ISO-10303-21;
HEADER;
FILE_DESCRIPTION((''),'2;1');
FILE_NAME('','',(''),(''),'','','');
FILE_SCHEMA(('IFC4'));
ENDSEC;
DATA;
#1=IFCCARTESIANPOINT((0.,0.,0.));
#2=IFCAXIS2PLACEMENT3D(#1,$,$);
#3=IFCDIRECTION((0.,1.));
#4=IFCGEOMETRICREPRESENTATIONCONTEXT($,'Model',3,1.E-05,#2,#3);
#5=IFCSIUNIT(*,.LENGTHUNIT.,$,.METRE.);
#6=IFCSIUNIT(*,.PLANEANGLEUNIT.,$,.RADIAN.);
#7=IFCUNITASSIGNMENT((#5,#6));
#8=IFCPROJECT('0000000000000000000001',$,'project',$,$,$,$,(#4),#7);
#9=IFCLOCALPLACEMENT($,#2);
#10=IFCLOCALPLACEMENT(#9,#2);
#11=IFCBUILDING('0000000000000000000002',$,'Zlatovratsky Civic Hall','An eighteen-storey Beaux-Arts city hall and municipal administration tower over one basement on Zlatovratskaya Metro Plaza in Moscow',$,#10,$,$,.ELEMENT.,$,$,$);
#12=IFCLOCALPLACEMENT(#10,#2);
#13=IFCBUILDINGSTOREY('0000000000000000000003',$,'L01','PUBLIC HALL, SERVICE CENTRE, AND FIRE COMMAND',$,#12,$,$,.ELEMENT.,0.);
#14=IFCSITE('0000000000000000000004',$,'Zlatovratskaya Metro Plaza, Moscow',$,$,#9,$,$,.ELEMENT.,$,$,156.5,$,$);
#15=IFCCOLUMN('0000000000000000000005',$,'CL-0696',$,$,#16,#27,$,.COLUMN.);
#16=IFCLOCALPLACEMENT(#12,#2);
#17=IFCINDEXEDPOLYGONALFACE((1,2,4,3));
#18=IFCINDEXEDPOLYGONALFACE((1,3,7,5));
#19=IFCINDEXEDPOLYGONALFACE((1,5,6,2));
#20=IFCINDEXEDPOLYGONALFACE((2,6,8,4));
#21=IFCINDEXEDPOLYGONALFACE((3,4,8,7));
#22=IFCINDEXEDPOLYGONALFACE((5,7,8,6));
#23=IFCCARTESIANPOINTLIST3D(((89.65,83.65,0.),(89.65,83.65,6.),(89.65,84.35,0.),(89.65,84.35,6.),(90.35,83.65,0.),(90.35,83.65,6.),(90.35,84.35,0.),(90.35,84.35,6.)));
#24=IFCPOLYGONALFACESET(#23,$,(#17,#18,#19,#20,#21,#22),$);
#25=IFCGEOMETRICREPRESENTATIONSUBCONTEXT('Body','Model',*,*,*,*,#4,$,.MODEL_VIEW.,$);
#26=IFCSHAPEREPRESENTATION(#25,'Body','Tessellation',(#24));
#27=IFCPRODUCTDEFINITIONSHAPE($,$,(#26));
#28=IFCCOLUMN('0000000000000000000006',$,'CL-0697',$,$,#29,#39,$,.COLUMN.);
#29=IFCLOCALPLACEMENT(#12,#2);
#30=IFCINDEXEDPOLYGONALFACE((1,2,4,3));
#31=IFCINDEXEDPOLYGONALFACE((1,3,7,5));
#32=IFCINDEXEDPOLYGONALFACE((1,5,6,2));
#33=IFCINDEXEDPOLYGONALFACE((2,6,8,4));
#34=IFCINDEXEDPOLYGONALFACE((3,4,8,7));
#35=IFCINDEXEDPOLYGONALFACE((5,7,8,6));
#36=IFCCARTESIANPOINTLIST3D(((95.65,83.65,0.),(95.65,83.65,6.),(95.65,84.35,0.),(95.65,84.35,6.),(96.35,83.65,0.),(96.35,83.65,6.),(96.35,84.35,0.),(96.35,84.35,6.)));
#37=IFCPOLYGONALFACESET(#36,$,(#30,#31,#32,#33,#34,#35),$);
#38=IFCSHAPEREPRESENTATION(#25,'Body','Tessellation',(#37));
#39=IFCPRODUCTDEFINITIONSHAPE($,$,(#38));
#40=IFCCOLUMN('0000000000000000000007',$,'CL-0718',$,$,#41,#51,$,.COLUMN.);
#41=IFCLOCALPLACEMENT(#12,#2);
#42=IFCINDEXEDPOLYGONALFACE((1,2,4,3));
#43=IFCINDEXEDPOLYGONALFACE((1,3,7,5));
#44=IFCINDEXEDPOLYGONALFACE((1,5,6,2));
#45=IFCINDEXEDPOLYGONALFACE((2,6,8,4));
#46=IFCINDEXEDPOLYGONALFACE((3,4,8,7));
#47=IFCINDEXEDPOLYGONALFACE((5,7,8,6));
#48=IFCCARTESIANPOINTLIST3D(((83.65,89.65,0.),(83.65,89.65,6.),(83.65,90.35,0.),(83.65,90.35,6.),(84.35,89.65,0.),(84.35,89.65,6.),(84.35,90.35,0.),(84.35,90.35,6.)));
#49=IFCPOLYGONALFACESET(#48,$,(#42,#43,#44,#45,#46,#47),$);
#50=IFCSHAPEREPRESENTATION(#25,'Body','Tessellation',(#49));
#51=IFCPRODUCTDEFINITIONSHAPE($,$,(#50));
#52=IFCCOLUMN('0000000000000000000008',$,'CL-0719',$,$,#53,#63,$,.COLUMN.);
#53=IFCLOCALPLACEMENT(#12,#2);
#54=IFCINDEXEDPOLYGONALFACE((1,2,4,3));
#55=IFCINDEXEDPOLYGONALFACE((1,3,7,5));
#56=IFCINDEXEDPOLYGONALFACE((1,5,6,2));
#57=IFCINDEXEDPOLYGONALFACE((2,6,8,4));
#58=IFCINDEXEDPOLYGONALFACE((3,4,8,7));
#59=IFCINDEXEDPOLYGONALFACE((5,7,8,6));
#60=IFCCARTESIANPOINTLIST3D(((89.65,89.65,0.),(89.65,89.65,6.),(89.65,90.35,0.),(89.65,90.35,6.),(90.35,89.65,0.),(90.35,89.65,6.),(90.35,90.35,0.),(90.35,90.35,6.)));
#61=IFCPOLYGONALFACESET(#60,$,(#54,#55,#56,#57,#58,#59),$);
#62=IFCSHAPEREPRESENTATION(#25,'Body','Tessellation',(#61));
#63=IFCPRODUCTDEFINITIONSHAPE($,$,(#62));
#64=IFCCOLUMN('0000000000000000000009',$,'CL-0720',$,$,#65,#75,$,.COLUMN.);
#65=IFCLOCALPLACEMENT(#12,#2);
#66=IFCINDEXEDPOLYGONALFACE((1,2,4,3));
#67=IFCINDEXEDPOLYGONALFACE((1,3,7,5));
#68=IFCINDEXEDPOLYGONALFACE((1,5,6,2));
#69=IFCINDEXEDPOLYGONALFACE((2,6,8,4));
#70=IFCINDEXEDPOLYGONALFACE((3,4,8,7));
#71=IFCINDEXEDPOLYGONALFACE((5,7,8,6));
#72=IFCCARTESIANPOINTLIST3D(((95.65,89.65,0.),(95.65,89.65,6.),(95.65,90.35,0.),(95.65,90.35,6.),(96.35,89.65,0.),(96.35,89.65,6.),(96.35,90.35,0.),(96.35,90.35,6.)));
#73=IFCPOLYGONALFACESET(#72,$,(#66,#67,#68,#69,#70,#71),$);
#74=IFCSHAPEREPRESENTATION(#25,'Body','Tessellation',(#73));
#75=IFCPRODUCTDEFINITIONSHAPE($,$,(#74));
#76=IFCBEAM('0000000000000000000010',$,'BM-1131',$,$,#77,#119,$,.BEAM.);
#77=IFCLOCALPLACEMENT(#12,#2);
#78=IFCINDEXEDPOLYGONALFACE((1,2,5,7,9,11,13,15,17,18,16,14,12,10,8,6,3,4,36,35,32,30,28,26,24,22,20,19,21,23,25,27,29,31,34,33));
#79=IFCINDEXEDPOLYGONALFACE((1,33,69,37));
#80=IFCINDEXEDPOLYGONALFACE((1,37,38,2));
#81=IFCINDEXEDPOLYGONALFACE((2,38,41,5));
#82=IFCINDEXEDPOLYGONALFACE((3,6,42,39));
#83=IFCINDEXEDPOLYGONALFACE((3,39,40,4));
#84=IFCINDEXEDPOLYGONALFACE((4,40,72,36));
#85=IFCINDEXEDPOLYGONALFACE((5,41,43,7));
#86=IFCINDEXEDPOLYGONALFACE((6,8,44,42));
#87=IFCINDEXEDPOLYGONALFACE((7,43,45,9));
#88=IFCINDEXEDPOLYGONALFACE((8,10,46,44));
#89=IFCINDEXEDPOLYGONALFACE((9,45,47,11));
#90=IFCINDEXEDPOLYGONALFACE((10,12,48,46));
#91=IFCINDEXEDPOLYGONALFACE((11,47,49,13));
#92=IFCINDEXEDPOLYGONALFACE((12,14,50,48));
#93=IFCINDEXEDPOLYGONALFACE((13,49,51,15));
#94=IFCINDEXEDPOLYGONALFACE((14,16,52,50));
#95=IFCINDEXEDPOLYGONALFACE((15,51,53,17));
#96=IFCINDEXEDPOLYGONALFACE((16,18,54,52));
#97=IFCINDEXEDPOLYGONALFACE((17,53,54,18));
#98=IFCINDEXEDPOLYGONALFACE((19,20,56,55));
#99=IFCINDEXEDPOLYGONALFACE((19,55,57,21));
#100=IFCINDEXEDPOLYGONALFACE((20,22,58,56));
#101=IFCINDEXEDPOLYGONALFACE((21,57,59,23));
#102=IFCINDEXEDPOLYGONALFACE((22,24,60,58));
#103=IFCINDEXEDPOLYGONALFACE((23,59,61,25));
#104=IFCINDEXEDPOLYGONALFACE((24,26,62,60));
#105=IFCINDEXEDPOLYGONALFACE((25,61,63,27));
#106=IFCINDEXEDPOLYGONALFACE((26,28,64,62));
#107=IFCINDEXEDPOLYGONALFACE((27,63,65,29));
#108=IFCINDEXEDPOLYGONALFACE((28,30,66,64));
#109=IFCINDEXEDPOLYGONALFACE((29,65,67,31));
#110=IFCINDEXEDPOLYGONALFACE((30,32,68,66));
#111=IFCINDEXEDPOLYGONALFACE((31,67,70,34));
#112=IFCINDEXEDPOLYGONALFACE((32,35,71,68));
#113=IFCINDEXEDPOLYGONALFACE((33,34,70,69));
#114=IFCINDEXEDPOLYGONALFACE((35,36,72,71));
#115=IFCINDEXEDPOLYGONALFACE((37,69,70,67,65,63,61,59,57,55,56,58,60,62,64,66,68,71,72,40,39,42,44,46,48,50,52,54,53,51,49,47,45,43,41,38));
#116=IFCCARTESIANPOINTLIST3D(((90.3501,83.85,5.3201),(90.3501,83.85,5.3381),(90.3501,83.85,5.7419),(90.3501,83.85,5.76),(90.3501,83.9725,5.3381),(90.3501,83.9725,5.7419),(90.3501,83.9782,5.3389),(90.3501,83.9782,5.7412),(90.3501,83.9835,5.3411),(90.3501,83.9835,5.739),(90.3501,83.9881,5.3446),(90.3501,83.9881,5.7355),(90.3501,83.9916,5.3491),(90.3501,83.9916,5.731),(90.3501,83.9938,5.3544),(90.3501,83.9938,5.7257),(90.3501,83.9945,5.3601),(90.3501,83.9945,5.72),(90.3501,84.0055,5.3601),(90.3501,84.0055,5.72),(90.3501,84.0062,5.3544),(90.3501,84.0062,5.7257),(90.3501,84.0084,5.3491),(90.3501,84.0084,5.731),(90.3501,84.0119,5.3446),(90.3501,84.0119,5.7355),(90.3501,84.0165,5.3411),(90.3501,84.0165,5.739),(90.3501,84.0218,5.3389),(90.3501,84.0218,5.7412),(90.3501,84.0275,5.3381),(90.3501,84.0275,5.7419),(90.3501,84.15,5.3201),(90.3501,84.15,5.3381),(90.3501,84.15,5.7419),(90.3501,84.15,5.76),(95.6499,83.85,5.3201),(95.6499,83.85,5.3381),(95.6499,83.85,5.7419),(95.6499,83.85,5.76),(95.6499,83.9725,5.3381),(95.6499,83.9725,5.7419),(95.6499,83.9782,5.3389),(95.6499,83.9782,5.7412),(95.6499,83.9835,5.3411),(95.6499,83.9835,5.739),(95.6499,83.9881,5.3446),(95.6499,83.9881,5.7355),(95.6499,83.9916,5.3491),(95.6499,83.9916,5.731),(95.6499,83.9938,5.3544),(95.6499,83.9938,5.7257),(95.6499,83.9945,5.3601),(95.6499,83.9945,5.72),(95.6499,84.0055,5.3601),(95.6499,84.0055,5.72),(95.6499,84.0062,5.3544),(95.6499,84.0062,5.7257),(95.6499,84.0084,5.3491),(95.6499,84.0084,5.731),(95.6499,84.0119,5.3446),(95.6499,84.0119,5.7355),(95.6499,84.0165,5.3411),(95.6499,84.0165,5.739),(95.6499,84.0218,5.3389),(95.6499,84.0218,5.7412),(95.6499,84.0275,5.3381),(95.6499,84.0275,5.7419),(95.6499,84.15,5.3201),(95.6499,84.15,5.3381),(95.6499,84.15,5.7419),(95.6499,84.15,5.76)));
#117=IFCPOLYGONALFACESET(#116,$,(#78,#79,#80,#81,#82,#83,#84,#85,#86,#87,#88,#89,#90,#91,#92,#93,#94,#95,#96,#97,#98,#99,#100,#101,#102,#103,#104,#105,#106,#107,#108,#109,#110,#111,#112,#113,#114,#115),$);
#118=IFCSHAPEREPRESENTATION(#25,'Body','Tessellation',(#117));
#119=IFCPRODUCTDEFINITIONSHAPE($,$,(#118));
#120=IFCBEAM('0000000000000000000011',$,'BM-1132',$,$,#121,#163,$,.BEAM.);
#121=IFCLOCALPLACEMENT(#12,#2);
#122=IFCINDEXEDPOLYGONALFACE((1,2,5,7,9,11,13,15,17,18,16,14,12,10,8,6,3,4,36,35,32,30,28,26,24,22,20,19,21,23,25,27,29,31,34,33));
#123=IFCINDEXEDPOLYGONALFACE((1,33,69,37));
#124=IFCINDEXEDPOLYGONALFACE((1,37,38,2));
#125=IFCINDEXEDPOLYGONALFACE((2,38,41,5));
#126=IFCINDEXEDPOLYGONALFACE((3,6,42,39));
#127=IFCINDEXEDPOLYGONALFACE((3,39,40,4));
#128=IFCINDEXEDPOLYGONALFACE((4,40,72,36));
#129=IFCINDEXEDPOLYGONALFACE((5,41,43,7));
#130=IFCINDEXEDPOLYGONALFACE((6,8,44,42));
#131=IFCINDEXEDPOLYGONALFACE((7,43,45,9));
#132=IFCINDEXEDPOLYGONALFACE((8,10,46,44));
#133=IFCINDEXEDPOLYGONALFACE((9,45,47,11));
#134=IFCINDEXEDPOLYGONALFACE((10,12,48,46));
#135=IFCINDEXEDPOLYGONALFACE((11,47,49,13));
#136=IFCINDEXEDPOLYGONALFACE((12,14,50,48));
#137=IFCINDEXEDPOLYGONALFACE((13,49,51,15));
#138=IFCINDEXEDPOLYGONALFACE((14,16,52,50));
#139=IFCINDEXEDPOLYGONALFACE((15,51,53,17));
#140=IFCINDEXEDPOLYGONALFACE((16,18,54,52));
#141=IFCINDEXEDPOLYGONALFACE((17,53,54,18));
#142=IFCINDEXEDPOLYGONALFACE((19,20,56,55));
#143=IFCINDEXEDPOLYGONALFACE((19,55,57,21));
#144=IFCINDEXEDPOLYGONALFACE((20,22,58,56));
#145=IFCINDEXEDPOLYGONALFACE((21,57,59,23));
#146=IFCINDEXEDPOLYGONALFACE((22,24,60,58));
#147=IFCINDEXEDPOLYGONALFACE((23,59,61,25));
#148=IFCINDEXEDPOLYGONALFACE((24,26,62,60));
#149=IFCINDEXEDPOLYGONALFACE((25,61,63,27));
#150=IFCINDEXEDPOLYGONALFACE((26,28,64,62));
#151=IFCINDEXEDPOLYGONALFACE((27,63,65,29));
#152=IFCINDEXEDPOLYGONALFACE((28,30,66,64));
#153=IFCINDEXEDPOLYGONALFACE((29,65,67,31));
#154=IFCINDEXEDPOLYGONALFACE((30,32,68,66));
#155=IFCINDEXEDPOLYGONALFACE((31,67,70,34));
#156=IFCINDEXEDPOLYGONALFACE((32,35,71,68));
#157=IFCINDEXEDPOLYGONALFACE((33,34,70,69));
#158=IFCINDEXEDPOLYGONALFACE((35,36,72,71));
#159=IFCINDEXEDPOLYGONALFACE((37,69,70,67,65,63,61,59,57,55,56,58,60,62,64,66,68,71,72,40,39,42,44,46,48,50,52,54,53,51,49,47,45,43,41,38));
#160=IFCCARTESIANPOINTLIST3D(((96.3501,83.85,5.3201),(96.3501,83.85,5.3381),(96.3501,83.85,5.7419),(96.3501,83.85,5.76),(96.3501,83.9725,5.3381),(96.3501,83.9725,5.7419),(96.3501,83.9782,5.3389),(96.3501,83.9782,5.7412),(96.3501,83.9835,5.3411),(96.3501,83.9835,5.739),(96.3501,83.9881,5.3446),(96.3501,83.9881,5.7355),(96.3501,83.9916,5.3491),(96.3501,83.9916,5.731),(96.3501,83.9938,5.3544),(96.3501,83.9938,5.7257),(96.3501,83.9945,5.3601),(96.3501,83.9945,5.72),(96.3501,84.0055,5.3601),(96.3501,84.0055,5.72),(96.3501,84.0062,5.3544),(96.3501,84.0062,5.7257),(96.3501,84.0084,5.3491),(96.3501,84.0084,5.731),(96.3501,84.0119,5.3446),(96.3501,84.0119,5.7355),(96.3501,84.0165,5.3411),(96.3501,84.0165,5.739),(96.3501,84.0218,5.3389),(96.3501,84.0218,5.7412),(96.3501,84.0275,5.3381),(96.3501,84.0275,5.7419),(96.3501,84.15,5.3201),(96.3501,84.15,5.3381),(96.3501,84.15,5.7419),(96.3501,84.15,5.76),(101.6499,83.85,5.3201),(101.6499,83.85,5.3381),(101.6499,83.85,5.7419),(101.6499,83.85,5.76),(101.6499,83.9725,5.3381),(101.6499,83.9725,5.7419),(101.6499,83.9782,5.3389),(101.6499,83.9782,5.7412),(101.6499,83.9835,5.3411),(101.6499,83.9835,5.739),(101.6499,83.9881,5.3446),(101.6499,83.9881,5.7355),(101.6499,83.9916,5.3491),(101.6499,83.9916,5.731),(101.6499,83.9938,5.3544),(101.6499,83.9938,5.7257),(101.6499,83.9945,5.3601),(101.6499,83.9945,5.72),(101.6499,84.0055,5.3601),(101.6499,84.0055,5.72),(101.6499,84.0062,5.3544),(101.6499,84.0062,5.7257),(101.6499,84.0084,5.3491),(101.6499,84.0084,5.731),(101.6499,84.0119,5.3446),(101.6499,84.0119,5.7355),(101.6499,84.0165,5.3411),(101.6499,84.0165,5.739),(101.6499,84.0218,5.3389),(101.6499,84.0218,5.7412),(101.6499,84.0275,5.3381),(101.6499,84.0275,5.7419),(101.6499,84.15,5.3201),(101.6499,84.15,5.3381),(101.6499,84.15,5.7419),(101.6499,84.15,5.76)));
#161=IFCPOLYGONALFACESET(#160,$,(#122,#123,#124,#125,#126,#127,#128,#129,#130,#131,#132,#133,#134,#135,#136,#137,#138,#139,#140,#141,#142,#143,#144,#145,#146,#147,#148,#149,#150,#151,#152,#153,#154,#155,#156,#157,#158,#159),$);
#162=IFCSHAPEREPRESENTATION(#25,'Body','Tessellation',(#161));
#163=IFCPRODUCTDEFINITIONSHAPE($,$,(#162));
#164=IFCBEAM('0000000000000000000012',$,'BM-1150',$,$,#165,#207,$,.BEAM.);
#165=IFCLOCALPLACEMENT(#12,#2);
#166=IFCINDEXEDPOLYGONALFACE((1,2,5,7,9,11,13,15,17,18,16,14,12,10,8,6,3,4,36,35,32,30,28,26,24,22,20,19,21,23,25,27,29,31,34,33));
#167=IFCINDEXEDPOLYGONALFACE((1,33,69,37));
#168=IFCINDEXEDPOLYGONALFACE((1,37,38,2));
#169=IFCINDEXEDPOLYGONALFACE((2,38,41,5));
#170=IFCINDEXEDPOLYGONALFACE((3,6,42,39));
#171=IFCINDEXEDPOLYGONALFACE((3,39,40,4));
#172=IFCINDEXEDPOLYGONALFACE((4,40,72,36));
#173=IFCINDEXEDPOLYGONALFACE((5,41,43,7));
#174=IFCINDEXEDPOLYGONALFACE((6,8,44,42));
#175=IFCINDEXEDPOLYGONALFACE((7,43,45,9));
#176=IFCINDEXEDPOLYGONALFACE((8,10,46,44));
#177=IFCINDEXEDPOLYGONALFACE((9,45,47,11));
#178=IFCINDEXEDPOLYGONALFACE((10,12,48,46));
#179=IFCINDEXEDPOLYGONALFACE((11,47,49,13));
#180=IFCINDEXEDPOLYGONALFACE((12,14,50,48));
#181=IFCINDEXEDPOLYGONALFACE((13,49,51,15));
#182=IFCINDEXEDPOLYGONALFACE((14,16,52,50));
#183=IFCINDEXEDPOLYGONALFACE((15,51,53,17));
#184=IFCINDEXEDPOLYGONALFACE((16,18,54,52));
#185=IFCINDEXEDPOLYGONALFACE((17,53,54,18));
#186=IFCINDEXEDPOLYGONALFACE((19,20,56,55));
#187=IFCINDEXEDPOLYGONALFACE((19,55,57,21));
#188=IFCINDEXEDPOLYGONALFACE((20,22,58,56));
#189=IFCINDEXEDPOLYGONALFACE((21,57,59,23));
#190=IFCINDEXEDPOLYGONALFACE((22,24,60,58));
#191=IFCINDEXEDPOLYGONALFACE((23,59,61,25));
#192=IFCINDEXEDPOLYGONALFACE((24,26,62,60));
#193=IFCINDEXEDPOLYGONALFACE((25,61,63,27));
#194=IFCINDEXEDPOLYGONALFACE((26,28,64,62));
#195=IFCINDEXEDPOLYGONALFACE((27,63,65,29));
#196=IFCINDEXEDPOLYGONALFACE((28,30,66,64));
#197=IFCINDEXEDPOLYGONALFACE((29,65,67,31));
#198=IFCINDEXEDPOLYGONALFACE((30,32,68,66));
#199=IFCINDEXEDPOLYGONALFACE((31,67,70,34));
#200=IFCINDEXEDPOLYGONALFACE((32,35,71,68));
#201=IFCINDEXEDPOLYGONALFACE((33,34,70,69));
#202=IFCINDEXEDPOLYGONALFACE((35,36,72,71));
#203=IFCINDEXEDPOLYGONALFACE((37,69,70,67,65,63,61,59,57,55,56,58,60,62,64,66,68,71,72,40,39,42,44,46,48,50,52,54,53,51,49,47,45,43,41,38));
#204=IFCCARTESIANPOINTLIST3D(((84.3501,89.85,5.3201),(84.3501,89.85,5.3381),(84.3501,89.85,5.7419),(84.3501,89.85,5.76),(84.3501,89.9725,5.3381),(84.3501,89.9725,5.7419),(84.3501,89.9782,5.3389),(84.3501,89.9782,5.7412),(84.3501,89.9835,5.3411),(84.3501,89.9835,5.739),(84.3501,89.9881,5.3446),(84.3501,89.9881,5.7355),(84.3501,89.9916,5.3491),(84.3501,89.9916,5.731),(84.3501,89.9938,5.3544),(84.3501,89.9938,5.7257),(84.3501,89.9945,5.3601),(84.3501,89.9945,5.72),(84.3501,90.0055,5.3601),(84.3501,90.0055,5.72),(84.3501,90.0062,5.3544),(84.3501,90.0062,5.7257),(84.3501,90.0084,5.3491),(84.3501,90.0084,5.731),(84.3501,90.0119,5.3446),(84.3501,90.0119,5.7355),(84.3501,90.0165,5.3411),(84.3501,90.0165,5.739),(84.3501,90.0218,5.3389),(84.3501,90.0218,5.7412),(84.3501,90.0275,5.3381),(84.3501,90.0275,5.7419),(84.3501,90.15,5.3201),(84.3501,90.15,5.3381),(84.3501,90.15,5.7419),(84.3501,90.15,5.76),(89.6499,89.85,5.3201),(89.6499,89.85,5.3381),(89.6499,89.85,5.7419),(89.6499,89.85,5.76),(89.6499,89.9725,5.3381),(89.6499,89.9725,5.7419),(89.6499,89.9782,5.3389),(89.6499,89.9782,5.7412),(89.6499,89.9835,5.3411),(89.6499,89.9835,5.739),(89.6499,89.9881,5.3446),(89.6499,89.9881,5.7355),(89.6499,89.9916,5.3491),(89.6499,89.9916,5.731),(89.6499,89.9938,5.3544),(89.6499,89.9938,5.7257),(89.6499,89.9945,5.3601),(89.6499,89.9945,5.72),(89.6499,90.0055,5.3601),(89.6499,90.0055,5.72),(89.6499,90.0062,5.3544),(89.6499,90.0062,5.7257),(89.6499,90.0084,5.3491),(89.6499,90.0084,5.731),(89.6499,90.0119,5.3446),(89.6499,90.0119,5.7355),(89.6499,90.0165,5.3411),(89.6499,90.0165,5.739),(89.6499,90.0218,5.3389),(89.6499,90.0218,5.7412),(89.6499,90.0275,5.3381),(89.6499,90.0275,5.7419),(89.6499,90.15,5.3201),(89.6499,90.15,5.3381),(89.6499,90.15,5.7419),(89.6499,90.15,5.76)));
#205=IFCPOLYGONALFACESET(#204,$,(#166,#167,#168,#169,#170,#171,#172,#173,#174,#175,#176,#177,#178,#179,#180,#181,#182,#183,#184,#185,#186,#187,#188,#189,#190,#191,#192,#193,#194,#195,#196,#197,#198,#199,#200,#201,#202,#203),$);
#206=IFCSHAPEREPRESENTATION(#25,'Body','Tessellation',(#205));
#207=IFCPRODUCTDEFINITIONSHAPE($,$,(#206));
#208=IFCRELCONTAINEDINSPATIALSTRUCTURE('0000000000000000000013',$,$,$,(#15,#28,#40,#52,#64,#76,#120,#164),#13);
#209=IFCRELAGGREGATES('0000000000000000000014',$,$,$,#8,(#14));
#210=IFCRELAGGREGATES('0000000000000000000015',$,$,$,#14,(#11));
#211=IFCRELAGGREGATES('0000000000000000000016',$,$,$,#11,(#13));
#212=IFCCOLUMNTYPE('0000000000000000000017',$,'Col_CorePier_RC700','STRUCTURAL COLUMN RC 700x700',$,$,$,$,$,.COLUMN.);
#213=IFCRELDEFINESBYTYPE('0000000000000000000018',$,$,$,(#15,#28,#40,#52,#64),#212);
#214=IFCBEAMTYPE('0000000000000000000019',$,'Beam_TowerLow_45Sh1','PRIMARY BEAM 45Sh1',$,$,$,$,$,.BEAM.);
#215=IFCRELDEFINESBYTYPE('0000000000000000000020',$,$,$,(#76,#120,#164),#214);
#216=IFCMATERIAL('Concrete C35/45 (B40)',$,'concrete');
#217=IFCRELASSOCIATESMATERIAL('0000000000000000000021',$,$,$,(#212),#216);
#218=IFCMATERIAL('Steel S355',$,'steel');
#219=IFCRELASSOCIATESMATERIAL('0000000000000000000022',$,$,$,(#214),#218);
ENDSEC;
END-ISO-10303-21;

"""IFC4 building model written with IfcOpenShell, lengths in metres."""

from ifc_helpers import new_model, si_unit, direction, frame, origin, origin_2d, place, context, subcontext, project, spatial, rectangle, i_section, extrude, material, material_profile, profile_set, type_object, element, save


model = new_model("IFC4")

# Units and contexts
model_context = context("Model", 3, precision=1e-05, world=origin(), true_north=direction((0.0, 1.0)))
body_context = subcontext(model_context, "Body", "Model", "MODEL_VIEW")
ifc_project = project(units=[si_unit("LENGTHUNIT", "METRE"), si_unit("PLANEANGLEUNIT", "RADIAN")], contexts=[model_context])

# Site, building, storey
site_placement = place(None, origin())
site = spatial("IfcSite", under=ifc_project, at=site_placement, Name="Zlatovratskaya Metro Plaza, Moscow", CompositionType="ELEMENT", RefElevation=156.5)
building_placement = place(site_placement, origin())
building = spatial("IfcBuilding", under=site, at=building_placement, Name="Zlatovratsky Civic Hall", Description="An eighteen-storey Beaux-Arts city hall and municipal administration tower over one basement on Zlatovratskaya Metro Plaza in Moscow", CompositionType="ELEMENT")
storey_placement = place(building_placement, origin())
storey = spatial("IfcBuildingStorey", under=building, at=storey_placement, Name="L01", Description="PUBLIC HALL, SERVICE CENTRE, AND FIRE COMMAND", CompositionType="ELEMENT", Elevation=0.0)

# Columns
ifc_material_1 = material(Name="Concrete C35/45 (B40)", Category="concrete")
ifc_material_profile_1 = material_profile(ifc_material_1, rectangle(XDim=0.7, YDim=0.7, at=origin_2d()), Name="RC 700x700")
ifc_profile_set_1 = profile_set([ifc_material_profile_1], Name="Concrete C35/45 (B40)")
column_type = type_object("IfcColumnType", Name="Col_CorePier_RC700", Description="STRUCTURAL COLUMN RC 700x700", PredefinedType="COLUMN", material=ifc_profile_set_1)
for number, where, z_axis, x_axis, name in (
    (1, (90.0, 84.0, 0.0), (0.0, 0.0, 1.0), (1.0, 0.0, 0.0), "CL-0696"),
    (2, (96.0, 84.0, 0.0), (0.0, 0.0, 1.0), (1.0, 0.0, 0.0), "CL-0697"),
    (3, (84.0, 90.0, 0.0), (0.0, 0.0, 1.0), (1.0, 0.0, 0.0), "CL-0718"),
    (4, (90.0, 90.0, 0.0), (0.0, 0.0, 1.0), (1.0, 0.0, 0.0), "CL-0719"),
    (5, (96.0, 90.0, 0.0), (0.0, 0.0, 1.0), (1.0, 0.0, 0.0), "CL-0720"),
):
    element("IfcColumn", number, at=place(storey_placement, frame(where, z_axis=z_axis, x_axis=x_axis)), inside=storey, type_object=column_type, Name=name, PredefinedType="COLUMN", context=body_context, shape_type="SweptSolid", body=[
        extrude(rectangle(XDim=0.7, YDim=0.7, at=origin_2d()), origin(), (0.0, 0.0, 1.0), 6.0),
    ])

# Beams
ifc_material_2 = material(Name="Steel S355", Category="steel")
ifc_material_profile_2 = material_profile(ifc_material_2, i_section(OverallWidth=0.3, OverallDepth=0.4399, WebThickness=0.011, FlangeThickness=0.0181, FilletRadius=0.022, at=origin_2d()), Name="45Sh1")
ifc_profile_set_2 = profile_set([ifc_material_profile_2], Name="Steel S355")
beam_type = type_object("IfcBeamType", Name="Beam_TowerLow_45Sh1", Description="PRIMARY BEAM 45Sh1", PredefinedType="BEAM", material=ifc_profile_set_2)
for number, where, z_axis, x_axis, name in (
    (6, (90.3501, 84.0, 5.54), (1.0, 0.0, 0.0), (0.0, 1.0, 0.0), "BM-1131"),
    (7, (96.3501, 84.0, 5.54), (1.0, 0.0, 0.0), (0.0, 1.0, 0.0), "BM-1132"),
    (8, (84.3501, 90.0, 5.54), (1.0, 0.0, 0.0), (0.0, 1.0, 0.0), "BM-1150"),
):
    element("IfcBeam", number, at=place(storey_placement, frame(where, z_axis=z_axis, x_axis=x_axis)), inside=storey, type_object=beam_type, Name=name, PredefinedType="BEAM", context=body_context, shape_type="SweptSolid", body=[
        extrude(i_section(OverallWidth=0.3, OverallDepth=0.4399, WebThickness=0.011, FlangeThickness=0.0181, FilletRadius=0.022, at=origin_2d()), origin(), (0.0, 0.0, 1.0), 5.2998),
    ])

save(model, "model.ifc")
